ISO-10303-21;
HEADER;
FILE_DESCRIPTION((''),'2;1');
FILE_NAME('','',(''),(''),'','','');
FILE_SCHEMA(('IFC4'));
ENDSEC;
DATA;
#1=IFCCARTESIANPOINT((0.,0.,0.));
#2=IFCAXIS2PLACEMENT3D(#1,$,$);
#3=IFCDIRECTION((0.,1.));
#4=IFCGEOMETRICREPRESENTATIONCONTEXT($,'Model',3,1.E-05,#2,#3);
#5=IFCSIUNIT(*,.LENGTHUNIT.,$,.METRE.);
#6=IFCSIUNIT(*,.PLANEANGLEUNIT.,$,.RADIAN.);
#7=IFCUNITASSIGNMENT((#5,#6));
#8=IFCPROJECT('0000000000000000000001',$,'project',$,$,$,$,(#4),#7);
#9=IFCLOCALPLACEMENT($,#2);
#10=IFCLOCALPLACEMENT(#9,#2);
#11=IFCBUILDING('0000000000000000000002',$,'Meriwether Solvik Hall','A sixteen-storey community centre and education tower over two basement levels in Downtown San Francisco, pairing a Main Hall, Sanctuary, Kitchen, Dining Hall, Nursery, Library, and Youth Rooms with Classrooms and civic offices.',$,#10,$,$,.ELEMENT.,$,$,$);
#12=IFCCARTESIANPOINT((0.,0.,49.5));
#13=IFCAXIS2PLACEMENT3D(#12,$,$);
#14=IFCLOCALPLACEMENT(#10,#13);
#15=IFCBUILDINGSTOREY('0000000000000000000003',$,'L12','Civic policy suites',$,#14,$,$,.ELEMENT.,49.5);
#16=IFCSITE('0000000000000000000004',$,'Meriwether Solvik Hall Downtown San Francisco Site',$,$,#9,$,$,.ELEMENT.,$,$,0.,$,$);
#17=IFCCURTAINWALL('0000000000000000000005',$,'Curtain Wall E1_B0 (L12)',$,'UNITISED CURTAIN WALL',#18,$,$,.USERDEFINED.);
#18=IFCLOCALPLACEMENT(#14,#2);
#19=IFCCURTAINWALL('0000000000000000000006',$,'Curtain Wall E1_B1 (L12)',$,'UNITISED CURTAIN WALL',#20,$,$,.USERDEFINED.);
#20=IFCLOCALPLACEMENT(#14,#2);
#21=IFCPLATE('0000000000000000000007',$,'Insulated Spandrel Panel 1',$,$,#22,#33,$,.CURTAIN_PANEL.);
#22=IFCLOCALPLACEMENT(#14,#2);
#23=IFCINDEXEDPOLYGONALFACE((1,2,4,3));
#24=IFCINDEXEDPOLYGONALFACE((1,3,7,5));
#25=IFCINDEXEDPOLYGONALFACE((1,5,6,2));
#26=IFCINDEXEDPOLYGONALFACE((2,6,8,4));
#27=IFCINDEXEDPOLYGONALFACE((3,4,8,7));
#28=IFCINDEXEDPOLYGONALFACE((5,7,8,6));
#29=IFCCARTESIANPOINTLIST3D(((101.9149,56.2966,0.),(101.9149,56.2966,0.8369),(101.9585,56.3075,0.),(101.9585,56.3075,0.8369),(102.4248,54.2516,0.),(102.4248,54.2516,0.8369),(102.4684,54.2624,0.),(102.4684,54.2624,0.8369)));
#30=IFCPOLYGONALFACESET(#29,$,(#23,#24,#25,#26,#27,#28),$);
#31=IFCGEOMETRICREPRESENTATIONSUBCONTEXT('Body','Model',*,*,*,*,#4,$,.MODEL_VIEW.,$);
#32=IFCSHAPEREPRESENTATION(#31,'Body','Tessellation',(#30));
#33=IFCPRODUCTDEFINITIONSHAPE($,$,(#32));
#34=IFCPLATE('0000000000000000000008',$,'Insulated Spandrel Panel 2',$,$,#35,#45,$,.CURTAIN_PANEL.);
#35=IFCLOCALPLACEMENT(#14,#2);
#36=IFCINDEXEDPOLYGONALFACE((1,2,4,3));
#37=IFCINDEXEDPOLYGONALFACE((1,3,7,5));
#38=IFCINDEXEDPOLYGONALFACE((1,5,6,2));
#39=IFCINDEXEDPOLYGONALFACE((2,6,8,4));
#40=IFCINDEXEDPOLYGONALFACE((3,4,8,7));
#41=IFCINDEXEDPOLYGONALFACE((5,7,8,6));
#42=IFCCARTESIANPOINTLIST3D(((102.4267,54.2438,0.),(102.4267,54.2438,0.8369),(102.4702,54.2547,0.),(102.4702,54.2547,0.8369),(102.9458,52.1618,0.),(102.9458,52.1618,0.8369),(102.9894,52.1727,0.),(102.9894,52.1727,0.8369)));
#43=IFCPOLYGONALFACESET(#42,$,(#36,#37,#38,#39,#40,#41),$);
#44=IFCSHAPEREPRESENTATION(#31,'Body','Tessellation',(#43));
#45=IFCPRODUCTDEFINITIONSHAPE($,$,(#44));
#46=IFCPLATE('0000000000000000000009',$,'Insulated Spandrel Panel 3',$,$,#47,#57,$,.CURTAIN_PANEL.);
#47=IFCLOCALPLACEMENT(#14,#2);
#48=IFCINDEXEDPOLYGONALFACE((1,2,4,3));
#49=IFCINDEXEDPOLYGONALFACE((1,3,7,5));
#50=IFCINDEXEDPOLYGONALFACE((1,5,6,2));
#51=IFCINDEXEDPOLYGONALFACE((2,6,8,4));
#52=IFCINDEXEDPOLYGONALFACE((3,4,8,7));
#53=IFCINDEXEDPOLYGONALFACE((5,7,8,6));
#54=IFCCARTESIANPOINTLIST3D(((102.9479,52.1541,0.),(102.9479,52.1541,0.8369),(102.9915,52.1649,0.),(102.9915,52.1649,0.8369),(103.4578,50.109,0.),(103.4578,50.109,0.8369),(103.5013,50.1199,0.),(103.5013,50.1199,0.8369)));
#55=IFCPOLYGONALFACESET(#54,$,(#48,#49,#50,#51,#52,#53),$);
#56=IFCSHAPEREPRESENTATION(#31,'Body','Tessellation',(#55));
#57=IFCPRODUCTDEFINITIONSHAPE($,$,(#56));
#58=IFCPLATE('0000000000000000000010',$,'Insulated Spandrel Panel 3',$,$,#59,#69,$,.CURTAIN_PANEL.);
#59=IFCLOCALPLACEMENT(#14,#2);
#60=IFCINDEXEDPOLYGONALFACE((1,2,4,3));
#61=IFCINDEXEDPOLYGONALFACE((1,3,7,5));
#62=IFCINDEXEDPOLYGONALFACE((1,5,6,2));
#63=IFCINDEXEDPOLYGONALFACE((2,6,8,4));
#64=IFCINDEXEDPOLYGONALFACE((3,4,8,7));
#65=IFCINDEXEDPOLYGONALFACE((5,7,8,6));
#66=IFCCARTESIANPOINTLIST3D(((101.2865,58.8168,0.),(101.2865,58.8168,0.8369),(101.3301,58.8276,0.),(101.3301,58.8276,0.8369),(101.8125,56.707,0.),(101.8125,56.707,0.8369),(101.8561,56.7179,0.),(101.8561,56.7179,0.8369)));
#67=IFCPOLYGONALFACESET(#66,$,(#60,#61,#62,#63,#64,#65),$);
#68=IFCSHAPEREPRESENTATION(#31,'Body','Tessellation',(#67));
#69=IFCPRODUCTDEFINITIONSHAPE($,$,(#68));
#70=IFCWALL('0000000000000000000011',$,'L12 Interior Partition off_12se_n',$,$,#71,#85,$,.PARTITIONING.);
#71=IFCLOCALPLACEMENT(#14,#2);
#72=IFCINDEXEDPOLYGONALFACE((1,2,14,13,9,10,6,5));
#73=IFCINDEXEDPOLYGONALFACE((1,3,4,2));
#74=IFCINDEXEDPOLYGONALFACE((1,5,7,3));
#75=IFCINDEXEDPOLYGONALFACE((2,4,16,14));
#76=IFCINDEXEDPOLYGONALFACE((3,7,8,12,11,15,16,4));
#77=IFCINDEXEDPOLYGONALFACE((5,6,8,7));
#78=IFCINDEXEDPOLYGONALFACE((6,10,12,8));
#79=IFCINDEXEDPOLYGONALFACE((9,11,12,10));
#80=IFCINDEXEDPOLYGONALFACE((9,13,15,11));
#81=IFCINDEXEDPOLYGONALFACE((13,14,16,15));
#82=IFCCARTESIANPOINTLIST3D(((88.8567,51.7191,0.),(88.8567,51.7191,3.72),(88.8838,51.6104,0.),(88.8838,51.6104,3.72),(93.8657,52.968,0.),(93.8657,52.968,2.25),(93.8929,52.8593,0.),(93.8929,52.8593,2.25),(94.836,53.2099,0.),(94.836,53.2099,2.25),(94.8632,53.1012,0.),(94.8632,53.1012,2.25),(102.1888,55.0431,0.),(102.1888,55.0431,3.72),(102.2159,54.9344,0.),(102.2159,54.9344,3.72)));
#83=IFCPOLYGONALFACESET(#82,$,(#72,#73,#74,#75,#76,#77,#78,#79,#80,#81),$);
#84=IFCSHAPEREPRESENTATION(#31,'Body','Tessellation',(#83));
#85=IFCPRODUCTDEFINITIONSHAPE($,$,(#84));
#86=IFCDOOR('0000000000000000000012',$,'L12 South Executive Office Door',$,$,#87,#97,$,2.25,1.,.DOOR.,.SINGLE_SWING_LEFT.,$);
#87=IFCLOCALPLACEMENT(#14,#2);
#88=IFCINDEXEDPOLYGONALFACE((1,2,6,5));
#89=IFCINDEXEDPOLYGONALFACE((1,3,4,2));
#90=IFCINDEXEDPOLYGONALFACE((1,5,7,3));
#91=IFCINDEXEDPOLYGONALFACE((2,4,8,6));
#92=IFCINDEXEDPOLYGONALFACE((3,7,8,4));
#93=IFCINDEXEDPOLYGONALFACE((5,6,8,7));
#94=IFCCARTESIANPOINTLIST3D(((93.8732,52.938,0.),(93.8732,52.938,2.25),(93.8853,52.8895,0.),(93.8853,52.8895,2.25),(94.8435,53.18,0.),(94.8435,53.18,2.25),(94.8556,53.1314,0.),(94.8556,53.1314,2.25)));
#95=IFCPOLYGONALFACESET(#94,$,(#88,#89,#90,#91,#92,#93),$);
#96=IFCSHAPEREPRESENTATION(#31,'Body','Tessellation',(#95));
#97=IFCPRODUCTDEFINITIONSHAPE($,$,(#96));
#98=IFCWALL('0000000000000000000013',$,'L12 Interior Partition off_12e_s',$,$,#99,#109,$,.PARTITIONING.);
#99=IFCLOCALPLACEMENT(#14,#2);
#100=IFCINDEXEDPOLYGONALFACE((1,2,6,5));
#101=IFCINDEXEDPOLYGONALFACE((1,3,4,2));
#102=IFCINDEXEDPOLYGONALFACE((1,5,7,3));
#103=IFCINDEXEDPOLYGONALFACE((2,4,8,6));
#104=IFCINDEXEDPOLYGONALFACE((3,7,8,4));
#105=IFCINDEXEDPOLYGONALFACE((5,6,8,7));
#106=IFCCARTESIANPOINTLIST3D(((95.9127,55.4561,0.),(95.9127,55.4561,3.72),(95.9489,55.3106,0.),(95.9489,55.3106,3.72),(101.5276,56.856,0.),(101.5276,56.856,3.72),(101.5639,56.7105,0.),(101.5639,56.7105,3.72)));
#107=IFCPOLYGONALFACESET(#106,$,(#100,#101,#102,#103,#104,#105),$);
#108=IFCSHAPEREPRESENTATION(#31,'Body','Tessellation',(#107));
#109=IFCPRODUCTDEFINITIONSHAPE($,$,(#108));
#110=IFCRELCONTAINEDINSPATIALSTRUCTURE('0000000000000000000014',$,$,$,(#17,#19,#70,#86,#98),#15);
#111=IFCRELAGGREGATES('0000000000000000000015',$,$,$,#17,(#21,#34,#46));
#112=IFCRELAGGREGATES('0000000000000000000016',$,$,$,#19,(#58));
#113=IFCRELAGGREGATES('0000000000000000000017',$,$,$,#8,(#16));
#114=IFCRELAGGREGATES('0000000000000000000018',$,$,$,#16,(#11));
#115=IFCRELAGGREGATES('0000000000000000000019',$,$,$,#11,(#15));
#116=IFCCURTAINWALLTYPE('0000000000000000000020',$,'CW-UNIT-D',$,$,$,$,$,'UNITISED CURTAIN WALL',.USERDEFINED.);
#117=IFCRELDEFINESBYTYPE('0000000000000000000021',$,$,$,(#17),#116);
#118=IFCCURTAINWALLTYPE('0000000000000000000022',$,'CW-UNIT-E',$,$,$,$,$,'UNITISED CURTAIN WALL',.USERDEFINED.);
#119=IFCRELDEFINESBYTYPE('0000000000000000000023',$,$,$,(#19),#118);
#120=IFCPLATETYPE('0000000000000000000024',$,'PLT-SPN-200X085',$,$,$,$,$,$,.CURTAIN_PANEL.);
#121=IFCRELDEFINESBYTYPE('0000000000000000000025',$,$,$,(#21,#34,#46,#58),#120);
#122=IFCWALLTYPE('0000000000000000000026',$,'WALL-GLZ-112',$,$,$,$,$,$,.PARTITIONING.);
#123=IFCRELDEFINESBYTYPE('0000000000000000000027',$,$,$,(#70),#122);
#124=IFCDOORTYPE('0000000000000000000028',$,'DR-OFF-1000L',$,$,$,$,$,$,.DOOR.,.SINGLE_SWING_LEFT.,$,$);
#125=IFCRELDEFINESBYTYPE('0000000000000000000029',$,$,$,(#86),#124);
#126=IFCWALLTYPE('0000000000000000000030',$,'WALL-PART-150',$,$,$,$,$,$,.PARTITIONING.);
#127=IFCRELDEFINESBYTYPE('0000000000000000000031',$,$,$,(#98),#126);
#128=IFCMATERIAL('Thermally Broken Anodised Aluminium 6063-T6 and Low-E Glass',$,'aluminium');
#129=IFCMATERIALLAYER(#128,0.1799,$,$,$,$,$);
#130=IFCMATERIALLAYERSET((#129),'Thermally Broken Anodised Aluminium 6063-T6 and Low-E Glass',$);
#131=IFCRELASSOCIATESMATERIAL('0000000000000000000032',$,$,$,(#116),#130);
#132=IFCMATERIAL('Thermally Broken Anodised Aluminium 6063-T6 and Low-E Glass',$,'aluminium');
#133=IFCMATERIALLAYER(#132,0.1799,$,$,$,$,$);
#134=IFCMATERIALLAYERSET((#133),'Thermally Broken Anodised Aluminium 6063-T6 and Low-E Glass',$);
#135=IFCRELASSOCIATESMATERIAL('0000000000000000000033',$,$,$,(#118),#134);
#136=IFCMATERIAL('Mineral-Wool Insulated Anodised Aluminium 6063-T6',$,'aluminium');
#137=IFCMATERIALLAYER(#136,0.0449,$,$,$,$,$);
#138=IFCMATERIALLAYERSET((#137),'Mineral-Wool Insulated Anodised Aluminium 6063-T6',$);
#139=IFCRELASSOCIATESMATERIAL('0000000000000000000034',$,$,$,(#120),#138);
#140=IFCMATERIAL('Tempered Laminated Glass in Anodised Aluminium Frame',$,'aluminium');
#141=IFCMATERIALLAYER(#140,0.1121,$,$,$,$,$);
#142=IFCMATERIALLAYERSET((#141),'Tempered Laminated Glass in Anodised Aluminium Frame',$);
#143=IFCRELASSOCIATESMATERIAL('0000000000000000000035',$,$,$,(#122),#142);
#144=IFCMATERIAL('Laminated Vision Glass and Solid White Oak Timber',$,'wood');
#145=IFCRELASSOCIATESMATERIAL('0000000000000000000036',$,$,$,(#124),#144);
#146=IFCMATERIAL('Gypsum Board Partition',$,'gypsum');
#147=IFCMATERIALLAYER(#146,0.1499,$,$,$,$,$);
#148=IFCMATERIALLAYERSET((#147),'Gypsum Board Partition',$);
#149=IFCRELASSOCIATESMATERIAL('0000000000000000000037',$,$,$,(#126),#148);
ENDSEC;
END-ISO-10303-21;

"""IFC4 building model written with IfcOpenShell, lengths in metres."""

from ifc_helpers import new_model, si_unit, direction, frame, frame_2d, origin, origin_2d, place, context, subcontext, project, spatial, rectangle, extrude, material, layer, layer_set, type_object, element, fill, aggregate, save


model = new_model("IFC4")

# Units and contexts
model_context = context("Model", 3, precision=1e-05, world=origin(), true_north=direction((0.0, 1.0)))
body_context = subcontext(model_context, "Body", "Model", "MODEL_VIEW")
ifc_project = project(units=[si_unit("LENGTHUNIT", "METRE"), si_unit("PLANEANGLEUNIT", "RADIAN")], contexts=[model_context])

# Site, building, storey
site_placement = place(None, origin())
site = spatial("IfcSite", under=ifc_project, at=site_placement, Name="Meriwether Solvik Hall Downtown San Francisco Site", CompositionType="ELEMENT", RefElevation=0.0)
building_placement = place(site_placement, origin())
building = spatial("IfcBuilding", under=site, at=building_placement, Name="Meriwether Solvik Hall", Description="A sixteen-storey community centre and education tower over two basement levels in Downtown San Francisco, pairing a Main Hall, Sanctuary, Kitchen, Dining Hall, Nursery, Library, and Youth Rooms with Classrooms and civic offices.", CompositionType="ELEMENT")
storey_placement = place(building_placement, frame((0.0, 0.0, 49.5)))
storey = spatial("IfcBuildingStorey", under=building, at=storey_placement, Name="L12", Description="Civic policy suites", CompositionType="ELEMENT", Elevation=49.5)

# Curtain walls
ifc_material_1 = material(Name="Thermally Broken Anodised Aluminium 6063-T6 and Low-E Glass", Category="aluminium")
ifc_layer_1 = layer(ifc_material_1, 0.1799)
ifc_layer_set_1 = layer_set([ifc_layer_1], Name="Thermally Broken Anodised Aluminium 6063-T6 and Low-E Glass")
curtain_wall_type_1 = type_object("IfcCurtainWallType", Name="CW-UNIT-D", ElementType="UNITISED CURTAIN WALL", PredefinedType="USERDEFINED", material=ifc_layer_set_1)
curtain_wall_1_placement = place(storey_placement, origin())
curtain_wall_1 = element("IfcCurtainWall", 1, at=curtain_wall_1_placement, inside=storey, type_object=curtain_wall_type_1, Name="Curtain Wall E1_B0 (L12)", ObjectType="UNITISED CURTAIN WALL", PredefinedType="USERDEFINED")
ifc_material_2 = material(Name="Thermally Broken Anodised Aluminium 6063-T6 and Low-E Glass", Category="aluminium")
ifc_layer_2 = layer(ifc_material_2, 0.1799)
ifc_layer_set_2 = layer_set([ifc_layer_2], Name="Thermally Broken Anodised Aluminium 6063-T6 and Low-E Glass")
curtain_wall_type_2 = type_object("IfcCurtainWallType", Name="CW-UNIT-E", ElementType="UNITISED CURTAIN WALL", PredefinedType="USERDEFINED", material=ifc_layer_set_2)
curtain_wall_2_placement = place(storey_placement, origin())
curtain_wall_2 = element("IfcCurtainWall", 2, at=curtain_wall_2_placement, inside=storey, type_object=curtain_wall_type_2, Name="Curtain Wall E1_B1 (L12)", ObjectType="UNITISED CURTAIN WALL", PredefinedType="USERDEFINED")

# Plates
ifc_material_3 = material(Name="Mineral-Wool Insulated Anodised Aluminium 6063-T6", Category="aluminium")
ifc_layer_3 = layer(ifc_material_3, 0.0449)
ifc_layer_set_3 = layer_set([ifc_layer_3], Name="Mineral-Wool Insulated Anodised Aluminium 6063-T6")
plate_type_1 = type_object("IfcPlateType", Name="PLT-SPN-200X085", PredefinedType="CURTAIN_PANEL", material=ifc_layer_set_3)
plate_1_placement = place(storey_placement, frame((102.1917, 55.2795, 0.0), z_axis=(0.0, 0.0, 1.0), x_axis=(0.241922, -0.970296, 0.0)))
plate_1 = element("IfcPlate", 3, at=plate_1_placement, type_object=plate_type_1, Name="Insulated Spandrel Panel 1", PredefinedType="CURTAIN_PANEL", context=body_context, shape_type="SweptSolid", body=[
    extrude(rectangle(XDim=2.1077, YDim=0.0449, at=origin_2d()), origin(), (0.0, 0.0, 1.0), 0.8369),
])
plate_2_placement = place(storey_placement, frame((102.708, 53.2083, 0.0), z_axis=(0.0, 0.0, 1.0), x_axis=(0.241922, -0.970296, 0.0)))
plate_2 = element("IfcPlate", 4, at=plate_2_placement, type_object=plate_type_1, Name="Insulated Spandrel Panel 2", PredefinedType="CURTAIN_PANEL", context=body_context, shape_type="SweptSolid", body=[
    extrude(rectangle(XDim=2.1458, YDim=0.0449, at=origin_2d()), origin(), (0.0, 0.0, 1.0), 0.8369),
])
plate_3_placement = place(storey_placement, frame((103.2246, 51.137, 0.0), z_axis=(0.0, 0.0, 1.0), x_axis=(0.241922, -0.970296, 0.0)))
plate_3 = element("IfcPlate", 5, at=plate_3_placement, type_object=plate_type_1, Name="Insulated Spandrel Panel 3", PredefinedType="CURTAIN_PANEL", context=body_context, shape_type="SweptSolid", body=[
    extrude(rectangle(XDim=2.1077, YDim=0.0449, at=origin_2d()), origin(), (0.0, 0.0, 1.0), 0.8369),
])
aggregate(curtain_wall_1, [plate_1, plate_2, plate_3])
plate_4_placement = place(storey_placement, frame((101.5713, 57.7673, 0.0), z_axis=(0.0, 0.0, 1.0), x_axis=(0.241922, -0.970296, 0.0)))
plate_4 = element("IfcPlate", 6, at=plate_4_placement, type_object=plate_type_1, Name="Insulated Spandrel Panel 3", PredefinedType="CURTAIN_PANEL", context=body_context, shape_type="SweptSolid", body=[
    extrude(rectangle(XDim=2.1743, YDim=0.0449, at=origin_2d()), origin(), (0.0, 0.0, 1.0), 0.8369),
])
aggregate(curtain_wall_2, [plate_4])

# Wall, opening, door
ifc_material_4 = material(Name="Tempered Laminated Glass in Anodised Aluminium Frame", Category="aluminium")
ifc_layer_4 = layer(ifc_material_4, 0.1121)
ifc_layer_set_4 = layer_set([ifc_layer_4], Name="Tempered Laminated Glass in Anodised Aluminium Frame")
wall_type_1 = type_object("IfcWallType", Name="WALL-GLZ-112", PredefinedType="PARTITIONING", material=ifc_layer_set_4)
wall_1_placement = place(storey_placement, frame((102.2024, 54.9888, 0.0), z_axis=(0.0, 0.0, 1.0), x_axis=(-0.970297, -0.241917, 0.0)))
wall_1 = element("IfcWall", 7, at=wall_1_placement, inside=storey, type_object=wall_type_1, Name="L12 Interior Partition off_12se_n", PredefinedType="PARTITIONING", context=body_context, shape_type="SweptSolid", body=[
    extrude(rectangle(XDim=13.7402, YDim=0.1121, at=frame_2d((6.8701, 0.0))), origin(), (0.0, 0.0, 1.0), 3.72),
])
opening_placement = place(wall_1_placement, frame((7.5779, 0.0, 0.0)))
opening = element("IfcOpeningElement", 8, at=opening_placement, cuts=wall_1, PredefinedType="OPENING", context=body_context, shape_type="SweptSolid", body=[
    extrude(rectangle(XDim=1.0, YDim=2.25, at=frame_2d((0.5, 1.125))), frame((0.0, 0.0679, 0.0), z_axis=(0.0, -1.0, 0.0), x_axis=(1.0, 0.0, 0.0)), (0.0, 0.0, 1.0), 0.136),
])
ifc_material_5 = material(Name="Laminated Vision Glass and Solid White Oak Timber", Category="wood")
door_type = type_object("IfcDoorType", Name="DR-OFF-1000L", OperationType="SINGLE_SWING_LEFT", PredefinedType="DOOR", material=ifc_material_5)
door_placement = place(opening_placement, origin())
door = element("IfcDoor", 9, at=door_placement, inside=storey, type_object=door_type, Name="L12 South Executive Office Door", OperationType="SINGLE_SWING_LEFT", OverallHeight=2.25, OverallWidth=1.0, PredefinedType="DOOR", context=body_context, shape_type="SweptSolid", body=[
    extrude(rectangle(XDim=1.0, YDim=2.25, at=frame_2d((0.5, 1.125))), frame((0.0, 0.0249, 0.0), z_axis=(0.0, -1.0, 0.0), x_axis=(1.0, 0.0, 0.0)), (0.0, 0.0, 1.0), 0.05),
])
fill(opening, door)

# Wall
ifc_material_6 = material(Name="Gypsum Board Partition", Category="gypsum")
ifc_layer_5 = layer(ifc_material_6, 0.1499)
ifc_layer_set_5 = layer_set([ifc_layer_5], Name="Gypsum Board Partition")
wall_type_2 = type_object("IfcWallType", Name="WALL-PART-150", PredefinedType="PARTITIONING", material=ifc_layer_set_5)
wall_2_placement = place(storey_placement, frame((95.9307, 55.3833, 0.0), z_axis=(0.0, 0.0, 1.0), x_axis=(0.970299, 0.24191, 0.0)))
element("IfcWall", 10, at=wall_2_placement, inside=storey, type_object=wall_type_2, Name="L12 Interior Partition off_12e_s", PredefinedType="PARTITIONING", context=body_context, shape_type="SweptSolid", body=[
    extrude(rectangle(XDim=5.7869, YDim=0.1499, at=frame_2d((2.8936, 0.0))), origin(), (0.0, 0.0, 1.0), 3.72),
])

save(model, "model.ifc")
